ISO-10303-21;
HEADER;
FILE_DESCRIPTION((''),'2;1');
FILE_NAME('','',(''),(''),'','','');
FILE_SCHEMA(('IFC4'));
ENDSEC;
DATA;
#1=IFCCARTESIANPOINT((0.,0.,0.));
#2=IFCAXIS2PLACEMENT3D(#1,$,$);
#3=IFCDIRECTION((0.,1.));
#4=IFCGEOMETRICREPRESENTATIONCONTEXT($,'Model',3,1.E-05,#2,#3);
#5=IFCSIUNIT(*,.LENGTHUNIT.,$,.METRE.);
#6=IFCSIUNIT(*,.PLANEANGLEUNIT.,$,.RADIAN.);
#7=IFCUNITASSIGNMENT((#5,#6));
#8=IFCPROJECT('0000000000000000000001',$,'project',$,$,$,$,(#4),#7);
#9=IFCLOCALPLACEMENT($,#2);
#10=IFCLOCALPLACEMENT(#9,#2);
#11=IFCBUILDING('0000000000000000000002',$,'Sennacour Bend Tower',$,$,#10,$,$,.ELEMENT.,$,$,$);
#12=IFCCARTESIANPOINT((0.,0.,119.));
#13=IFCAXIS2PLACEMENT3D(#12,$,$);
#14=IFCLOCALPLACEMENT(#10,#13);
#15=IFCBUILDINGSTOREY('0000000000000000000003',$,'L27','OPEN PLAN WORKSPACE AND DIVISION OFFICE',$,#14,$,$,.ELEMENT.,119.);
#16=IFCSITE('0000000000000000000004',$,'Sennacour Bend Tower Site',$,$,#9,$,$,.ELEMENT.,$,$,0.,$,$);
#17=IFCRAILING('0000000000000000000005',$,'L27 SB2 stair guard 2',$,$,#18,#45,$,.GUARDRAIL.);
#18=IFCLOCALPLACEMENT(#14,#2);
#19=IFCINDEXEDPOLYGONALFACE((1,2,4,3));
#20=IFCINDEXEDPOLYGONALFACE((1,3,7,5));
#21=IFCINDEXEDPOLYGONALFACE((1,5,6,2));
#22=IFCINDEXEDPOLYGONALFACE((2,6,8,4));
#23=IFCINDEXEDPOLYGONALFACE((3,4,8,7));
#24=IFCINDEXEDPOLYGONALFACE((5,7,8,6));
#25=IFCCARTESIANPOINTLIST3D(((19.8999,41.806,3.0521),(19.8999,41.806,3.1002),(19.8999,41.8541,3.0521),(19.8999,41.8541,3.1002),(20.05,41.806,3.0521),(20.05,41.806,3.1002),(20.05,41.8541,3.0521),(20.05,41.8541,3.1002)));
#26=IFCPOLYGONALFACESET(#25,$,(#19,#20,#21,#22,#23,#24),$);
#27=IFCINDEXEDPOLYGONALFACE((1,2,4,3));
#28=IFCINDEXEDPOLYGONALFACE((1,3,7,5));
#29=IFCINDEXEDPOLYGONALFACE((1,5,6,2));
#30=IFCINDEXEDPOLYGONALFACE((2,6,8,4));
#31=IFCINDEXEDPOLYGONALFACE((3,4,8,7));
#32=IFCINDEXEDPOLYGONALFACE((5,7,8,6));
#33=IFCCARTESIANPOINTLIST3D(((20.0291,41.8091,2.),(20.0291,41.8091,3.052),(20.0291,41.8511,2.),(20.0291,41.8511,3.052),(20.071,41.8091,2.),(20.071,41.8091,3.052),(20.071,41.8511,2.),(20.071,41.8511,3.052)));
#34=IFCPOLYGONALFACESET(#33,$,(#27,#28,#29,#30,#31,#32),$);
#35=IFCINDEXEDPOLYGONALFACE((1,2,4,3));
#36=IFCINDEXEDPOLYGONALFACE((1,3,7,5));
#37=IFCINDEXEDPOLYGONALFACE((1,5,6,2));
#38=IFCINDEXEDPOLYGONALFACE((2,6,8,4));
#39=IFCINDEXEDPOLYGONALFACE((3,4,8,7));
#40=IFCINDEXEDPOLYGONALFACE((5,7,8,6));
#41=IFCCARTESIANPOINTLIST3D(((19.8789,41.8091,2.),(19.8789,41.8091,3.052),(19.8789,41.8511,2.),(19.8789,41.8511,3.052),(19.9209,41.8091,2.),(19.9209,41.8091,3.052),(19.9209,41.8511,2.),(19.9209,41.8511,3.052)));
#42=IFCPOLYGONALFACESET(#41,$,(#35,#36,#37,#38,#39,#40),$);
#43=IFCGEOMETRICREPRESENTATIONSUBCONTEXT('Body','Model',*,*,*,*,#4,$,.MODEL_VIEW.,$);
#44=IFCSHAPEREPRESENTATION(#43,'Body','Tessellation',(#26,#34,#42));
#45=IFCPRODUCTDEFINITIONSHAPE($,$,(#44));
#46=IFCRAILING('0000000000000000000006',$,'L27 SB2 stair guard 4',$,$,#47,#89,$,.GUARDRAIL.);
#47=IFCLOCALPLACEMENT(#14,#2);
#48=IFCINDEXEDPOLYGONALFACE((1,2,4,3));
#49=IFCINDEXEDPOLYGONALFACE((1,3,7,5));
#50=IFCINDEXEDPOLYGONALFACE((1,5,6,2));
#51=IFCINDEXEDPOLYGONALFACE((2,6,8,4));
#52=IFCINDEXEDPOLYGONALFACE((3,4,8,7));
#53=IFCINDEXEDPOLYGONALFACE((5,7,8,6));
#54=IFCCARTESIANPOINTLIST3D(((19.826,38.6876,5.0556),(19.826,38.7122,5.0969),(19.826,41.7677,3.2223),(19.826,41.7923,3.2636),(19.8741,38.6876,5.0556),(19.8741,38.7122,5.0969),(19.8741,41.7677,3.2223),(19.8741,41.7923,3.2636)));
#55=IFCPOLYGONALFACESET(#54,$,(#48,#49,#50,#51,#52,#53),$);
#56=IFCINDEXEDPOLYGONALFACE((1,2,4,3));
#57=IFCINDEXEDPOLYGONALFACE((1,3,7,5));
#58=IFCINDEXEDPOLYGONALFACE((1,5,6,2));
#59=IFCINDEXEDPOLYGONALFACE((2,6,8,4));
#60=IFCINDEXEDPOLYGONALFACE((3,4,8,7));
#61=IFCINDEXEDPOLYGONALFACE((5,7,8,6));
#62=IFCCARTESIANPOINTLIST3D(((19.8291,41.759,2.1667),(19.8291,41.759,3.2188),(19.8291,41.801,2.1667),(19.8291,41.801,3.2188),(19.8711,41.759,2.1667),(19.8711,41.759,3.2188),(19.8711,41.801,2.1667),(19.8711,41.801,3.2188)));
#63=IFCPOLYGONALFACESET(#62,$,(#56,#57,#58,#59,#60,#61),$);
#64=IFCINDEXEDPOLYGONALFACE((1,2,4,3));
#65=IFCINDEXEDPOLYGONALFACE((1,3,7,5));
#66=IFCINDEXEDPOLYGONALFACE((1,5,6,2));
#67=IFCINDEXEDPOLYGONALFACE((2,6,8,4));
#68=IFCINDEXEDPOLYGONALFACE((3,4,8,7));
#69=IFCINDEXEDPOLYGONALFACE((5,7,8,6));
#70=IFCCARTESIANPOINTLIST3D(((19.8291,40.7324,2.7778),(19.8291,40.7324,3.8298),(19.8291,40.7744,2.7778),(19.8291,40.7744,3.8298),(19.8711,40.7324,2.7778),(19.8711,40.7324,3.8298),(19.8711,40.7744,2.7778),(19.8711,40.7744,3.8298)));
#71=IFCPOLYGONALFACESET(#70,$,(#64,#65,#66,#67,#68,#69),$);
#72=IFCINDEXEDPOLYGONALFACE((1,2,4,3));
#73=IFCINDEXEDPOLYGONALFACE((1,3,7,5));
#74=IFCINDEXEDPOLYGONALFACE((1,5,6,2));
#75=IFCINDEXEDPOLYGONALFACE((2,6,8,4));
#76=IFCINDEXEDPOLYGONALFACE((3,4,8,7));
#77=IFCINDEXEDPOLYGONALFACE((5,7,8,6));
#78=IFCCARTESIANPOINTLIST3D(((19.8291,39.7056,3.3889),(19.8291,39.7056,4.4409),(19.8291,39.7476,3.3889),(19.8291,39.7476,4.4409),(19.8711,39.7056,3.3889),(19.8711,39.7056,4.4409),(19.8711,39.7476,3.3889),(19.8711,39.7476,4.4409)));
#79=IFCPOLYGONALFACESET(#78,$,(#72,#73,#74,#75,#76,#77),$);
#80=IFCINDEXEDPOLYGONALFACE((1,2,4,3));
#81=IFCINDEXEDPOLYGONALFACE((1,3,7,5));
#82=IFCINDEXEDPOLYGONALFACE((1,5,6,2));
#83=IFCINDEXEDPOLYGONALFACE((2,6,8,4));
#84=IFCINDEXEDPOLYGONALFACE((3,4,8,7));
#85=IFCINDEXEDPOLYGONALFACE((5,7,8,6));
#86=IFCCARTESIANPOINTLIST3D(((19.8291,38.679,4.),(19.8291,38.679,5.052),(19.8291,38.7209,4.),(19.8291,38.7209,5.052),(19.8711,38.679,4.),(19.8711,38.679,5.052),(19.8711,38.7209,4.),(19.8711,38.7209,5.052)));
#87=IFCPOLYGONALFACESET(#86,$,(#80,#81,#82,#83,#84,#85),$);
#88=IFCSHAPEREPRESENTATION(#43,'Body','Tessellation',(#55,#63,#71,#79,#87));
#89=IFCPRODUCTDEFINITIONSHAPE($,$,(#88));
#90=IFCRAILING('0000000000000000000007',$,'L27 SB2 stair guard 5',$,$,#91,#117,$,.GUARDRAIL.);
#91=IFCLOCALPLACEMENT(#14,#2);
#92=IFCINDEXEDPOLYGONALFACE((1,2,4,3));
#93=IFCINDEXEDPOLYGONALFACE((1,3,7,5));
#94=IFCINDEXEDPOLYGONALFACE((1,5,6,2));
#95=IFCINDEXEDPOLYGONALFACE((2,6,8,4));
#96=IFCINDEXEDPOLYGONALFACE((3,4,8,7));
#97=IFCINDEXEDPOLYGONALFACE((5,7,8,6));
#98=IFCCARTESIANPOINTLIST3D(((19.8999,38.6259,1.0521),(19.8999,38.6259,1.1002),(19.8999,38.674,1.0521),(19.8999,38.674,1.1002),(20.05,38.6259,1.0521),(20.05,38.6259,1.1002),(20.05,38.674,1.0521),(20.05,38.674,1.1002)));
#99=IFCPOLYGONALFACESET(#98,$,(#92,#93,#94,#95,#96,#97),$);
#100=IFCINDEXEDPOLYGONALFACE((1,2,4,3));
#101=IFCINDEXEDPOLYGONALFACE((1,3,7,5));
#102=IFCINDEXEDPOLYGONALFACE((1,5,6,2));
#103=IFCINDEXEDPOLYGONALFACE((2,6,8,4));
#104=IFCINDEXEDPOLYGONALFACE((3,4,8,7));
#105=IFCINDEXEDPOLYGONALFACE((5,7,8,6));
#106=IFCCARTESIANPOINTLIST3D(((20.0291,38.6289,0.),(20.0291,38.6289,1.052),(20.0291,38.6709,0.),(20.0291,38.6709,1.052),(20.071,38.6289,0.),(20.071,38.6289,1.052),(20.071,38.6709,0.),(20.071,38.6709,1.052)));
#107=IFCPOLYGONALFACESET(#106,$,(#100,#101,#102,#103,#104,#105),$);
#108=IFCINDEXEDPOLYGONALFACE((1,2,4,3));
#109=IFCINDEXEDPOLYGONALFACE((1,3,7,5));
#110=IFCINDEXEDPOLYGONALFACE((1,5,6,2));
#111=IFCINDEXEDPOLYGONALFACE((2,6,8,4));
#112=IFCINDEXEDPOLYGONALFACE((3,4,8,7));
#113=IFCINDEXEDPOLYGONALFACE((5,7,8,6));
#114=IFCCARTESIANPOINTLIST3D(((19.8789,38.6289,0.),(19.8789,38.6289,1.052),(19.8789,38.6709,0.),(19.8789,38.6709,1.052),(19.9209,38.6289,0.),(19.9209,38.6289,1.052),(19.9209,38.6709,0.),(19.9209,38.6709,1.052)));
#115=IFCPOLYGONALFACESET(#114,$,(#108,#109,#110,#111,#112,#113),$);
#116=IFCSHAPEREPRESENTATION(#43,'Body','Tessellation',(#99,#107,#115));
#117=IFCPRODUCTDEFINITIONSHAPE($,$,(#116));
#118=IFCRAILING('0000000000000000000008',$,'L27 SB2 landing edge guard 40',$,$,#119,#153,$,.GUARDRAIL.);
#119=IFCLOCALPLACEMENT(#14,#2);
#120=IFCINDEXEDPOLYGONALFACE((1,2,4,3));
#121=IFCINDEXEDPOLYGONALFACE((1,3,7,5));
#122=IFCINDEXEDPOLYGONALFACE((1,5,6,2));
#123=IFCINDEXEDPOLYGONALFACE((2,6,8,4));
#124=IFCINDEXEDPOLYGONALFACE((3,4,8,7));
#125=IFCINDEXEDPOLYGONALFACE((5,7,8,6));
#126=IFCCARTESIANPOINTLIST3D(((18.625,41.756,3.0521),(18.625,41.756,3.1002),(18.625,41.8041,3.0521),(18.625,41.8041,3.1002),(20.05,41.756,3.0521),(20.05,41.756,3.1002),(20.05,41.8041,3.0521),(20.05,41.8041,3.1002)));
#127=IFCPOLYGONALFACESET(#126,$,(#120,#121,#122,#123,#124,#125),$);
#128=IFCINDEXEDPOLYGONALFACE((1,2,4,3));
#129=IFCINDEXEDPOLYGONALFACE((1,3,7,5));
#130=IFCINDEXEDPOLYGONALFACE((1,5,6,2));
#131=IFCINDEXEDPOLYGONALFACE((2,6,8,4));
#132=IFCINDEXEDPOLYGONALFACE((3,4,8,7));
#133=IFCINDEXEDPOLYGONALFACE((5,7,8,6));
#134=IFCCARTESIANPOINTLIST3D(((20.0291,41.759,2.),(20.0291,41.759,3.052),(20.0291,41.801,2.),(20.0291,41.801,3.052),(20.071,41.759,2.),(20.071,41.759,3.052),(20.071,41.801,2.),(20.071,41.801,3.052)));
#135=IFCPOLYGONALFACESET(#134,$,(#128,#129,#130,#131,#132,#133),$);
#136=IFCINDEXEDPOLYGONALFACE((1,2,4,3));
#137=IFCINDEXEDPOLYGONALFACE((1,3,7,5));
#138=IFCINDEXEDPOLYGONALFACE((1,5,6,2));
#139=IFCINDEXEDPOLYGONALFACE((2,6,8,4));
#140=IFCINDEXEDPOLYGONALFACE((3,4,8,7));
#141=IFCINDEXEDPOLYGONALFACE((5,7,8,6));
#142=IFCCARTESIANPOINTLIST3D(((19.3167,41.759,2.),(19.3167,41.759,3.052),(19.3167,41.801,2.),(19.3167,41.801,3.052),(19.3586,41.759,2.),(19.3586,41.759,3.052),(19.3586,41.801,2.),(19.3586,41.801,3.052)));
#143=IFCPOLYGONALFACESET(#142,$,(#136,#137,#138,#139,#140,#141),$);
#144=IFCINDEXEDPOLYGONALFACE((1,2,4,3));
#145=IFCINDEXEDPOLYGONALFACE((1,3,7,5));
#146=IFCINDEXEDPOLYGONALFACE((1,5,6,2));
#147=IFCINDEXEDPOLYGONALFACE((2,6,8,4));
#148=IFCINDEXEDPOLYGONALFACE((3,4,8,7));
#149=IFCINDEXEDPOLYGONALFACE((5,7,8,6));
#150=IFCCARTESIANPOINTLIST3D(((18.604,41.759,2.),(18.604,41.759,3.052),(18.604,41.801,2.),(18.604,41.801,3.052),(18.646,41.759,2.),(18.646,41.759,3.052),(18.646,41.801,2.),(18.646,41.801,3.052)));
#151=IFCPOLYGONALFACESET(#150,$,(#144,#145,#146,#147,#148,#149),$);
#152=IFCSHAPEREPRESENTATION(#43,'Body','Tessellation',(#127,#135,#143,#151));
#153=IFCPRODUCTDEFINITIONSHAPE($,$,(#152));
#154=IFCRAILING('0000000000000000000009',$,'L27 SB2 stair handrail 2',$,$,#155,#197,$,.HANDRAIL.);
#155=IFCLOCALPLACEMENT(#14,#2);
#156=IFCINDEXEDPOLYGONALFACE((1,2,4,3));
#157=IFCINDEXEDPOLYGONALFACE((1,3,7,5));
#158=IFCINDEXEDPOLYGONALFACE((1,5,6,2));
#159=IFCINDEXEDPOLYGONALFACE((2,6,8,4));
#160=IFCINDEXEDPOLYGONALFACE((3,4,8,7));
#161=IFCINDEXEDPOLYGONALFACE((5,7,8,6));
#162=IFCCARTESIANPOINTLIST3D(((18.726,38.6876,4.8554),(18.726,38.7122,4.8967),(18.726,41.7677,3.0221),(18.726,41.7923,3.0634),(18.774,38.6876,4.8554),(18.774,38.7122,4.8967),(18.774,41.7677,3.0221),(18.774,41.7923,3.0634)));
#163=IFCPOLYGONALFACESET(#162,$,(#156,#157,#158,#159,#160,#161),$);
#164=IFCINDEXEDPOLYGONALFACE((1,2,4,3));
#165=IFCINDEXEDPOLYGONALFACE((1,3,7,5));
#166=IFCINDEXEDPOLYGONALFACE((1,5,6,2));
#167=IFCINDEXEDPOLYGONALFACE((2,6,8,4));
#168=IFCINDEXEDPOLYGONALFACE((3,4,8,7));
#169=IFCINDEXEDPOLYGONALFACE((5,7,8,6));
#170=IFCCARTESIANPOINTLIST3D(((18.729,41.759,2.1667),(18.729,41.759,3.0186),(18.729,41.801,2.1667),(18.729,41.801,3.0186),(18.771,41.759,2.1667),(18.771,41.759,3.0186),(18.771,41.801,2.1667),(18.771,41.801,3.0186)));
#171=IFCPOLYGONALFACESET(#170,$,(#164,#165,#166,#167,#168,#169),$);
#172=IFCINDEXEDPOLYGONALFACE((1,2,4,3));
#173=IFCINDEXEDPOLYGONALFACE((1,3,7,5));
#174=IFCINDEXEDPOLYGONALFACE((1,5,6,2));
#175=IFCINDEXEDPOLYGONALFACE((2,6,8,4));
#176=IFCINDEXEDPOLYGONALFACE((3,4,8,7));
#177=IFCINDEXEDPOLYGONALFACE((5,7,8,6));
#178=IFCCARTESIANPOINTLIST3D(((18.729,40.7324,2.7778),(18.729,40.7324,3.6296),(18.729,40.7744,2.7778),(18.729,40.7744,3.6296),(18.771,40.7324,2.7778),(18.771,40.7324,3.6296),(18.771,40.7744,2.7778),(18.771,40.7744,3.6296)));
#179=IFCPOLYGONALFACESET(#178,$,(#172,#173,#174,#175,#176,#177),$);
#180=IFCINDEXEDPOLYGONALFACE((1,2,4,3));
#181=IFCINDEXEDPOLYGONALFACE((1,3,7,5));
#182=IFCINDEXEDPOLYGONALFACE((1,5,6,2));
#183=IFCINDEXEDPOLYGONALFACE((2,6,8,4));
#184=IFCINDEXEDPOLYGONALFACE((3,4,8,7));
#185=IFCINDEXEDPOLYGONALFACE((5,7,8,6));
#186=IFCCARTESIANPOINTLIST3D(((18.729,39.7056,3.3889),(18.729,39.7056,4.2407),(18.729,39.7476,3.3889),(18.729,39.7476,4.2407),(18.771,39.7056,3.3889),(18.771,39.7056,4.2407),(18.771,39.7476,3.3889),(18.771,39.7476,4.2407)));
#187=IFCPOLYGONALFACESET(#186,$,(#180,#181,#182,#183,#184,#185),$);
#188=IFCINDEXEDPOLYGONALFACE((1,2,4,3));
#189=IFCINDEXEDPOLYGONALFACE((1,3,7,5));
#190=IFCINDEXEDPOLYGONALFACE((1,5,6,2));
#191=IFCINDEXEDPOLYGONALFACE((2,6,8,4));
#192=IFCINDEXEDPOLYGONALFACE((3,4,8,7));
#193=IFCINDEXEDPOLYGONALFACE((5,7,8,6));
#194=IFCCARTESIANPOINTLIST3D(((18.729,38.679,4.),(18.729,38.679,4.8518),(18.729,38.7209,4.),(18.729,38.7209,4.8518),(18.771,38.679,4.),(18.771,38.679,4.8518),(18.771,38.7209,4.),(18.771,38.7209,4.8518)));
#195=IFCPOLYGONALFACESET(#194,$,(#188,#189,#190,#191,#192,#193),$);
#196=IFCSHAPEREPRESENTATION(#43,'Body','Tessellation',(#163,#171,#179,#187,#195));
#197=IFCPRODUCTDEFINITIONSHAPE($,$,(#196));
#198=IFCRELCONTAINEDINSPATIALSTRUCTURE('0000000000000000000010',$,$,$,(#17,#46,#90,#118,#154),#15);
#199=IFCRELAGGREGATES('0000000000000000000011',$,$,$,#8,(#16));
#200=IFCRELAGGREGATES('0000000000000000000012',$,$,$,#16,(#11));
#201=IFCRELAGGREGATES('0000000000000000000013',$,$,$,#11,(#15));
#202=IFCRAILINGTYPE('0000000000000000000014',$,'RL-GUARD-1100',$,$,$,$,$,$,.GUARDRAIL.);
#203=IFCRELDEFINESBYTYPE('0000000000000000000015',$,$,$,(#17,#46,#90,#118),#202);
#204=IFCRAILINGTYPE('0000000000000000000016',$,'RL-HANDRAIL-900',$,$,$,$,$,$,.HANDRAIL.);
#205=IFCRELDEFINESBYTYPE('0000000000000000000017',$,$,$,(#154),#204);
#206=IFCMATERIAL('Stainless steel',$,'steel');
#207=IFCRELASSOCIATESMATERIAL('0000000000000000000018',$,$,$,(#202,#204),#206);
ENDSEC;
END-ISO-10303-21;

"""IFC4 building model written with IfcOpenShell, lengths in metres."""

from ifc_helpers import new_model, si_unit, direction, frame, origin, origin_2d, place, context, subcontext, project, spatial, rectangle, extrude, material, type_object, element, save


model = new_model("IFC4")

# Units and contexts
model_context = context("Model", 3, precision=1e-05, world=origin(), true_north=direction((0.0, 1.0)))
body_context = subcontext(model_context, "Body", "Model", "MODEL_VIEW")
ifc_project = project(units=[si_unit("LENGTHUNIT", "METRE"), si_unit("PLANEANGLEUNIT", "RADIAN")], contexts=[model_context])

# Site, building, storey
site_placement = place(None, origin())
site = spatial("IfcSite", under=ifc_project, at=site_placement, Name="Sennacour Bend Tower Site", CompositionType="ELEMENT", RefElevation=0.0)
building_placement = place(site_placement, origin())
building = spatial("IfcBuilding", under=site, at=building_placement, Name="Sennacour Bend Tower", CompositionType="ELEMENT")
storey_placement = place(building_placement, frame((0.0, 0.0, 119.0)))
storey = spatial("IfcBuildingStorey", under=building, at=storey_placement, Name="L27", Description="OPEN PLAN WORKSPACE AND DIVISION OFFICE", CompositionType="ELEMENT", Elevation=119.0)

# Shared definitions
ifc_material_1 = material(Name="Stainless steel", Category="steel")

# Railings
railing_type_1 = type_object("IfcRailingType", Name="RL-GUARD-1100", PredefinedType="GUARDRAIL", material=ifc_material_1)
railing_1_placement = place(storey_placement, frame((20.05, 41.8301, 2.0)))
element("IfcRailing", 1, at=railing_1_placement, inside=storey, type_object=railing_type_1, Name="L27 SB2 stair guard 2", PredefinedType="GUARDRAIL", context=body_context, shape_type="SweptSolid", body=[
    extrude(rectangle(XDim=0.0481, YDim=0.0481, at=origin_2d()), frame((0.0, 0.0, 1.0762), z_axis=(-1.0, 0.0, 0.0), x_axis=(0.0, -1.0, 0.0)), (0.0, 0.0, 1.0), 0.1501),
    extrude(rectangle(XDim=0.042, YDim=0.042, at=origin_2d()), origin(), (0.0, 0.0, 1.0), 1.052),
    extrude(rectangle(XDim=0.042, YDim=0.042, at=origin_2d()), frame((-0.1501, 0.0, 0.0)), (0.0, 0.0, 1.0), 1.052),
])
railing_2_placement = place(storey_placement, frame((19.8501, 41.78, 2.1667)))
element("IfcRailing", 2, at=railing_2_placement, inside=storey, type_object=railing_type_1, Name="L27 SB2 stair guard 4", PredefinedType="GUARDRAIL", context=body_context, shape_type="SweptSolid", body=[
    extrude(rectangle(XDim=0.0481, YDim=0.0481, at=origin_2d()), frame((0.0, 0.0, 1.0762), z_axis=(0.0, -0.859309, 0.511458), x_axis=(1.0, 0.0, 0.0)), (0.0, 0.0, 1.0), 3.5845),
    extrude(rectangle(XDim=0.042, YDim=0.042, at=origin_2d()), origin(), (0.0, 0.0, 1.0), 1.052),
    extrude(rectangle(XDim=0.042, YDim=0.042, at=origin_2d()), frame((0.0, -1.0266, 0.6111)), (0.0, 0.0, 1.0), 1.052),
    extrude(rectangle(XDim=0.042, YDim=0.042, at=origin_2d()), frame((0.0, -2.0535, 1.2222)), (0.0, 0.0, 1.0), 1.052),
    extrude(rectangle(XDim=0.042, YDim=0.042, at=origin_2d()), frame((0.0, -3.0801, 1.8333)), (0.0, 0.0, 1.0), 1.052),
])
railing_3_placement = place(storey_placement, frame((20.05, 38.6499, 0.0)))
element("IfcRailing", 3, at=railing_3_placement, inside=storey, type_object=railing_type_1, Name="L27 SB2 stair guard 5", PredefinedType="GUARDRAIL", context=body_context, shape_type="SweptSolid", body=[
    extrude(rectangle(XDim=0.0481, YDim=0.0481, at=origin_2d()), frame((0.0, 0.0, 1.0762), z_axis=(-1.0, 0.0, 0.0), x_axis=(0.0, -1.0, 0.0)), (0.0, 0.0, 1.0), 0.1501),
    extrude(rectangle(XDim=0.042, YDim=0.042, at=origin_2d()), origin(), (0.0, 0.0, 1.0), 1.052),
    extrude(rectangle(XDim=0.042, YDim=0.042, at=origin_2d()), frame((-0.1501, 0.0, 0.0)), (0.0, 0.0, 1.0), 1.052),
])
railing_4_placement = place(storey_placement, frame((20.05, 41.78, 2.0)))
element("IfcRailing", 4, at=railing_4_placement, inside=storey, type_object=railing_type_1, Name="L27 SB2 landing edge guard 40", PredefinedType="GUARDRAIL", context=body_context, shape_type="SweptSolid", body=[
    extrude(rectangle(XDim=0.0481, YDim=0.0481, at=origin_2d()), frame((0.0, 0.0, 1.0762), z_axis=(-1.0, 0.0, 0.0), x_axis=(0.0, -1.0, 0.0)), (0.0, 0.0, 1.0), 1.425),
    extrude(rectangle(XDim=0.042, YDim=0.042, at=origin_2d()), origin(), (0.0, 0.0, 1.0), 1.052),
    extrude(rectangle(XDim=0.042, YDim=0.042, at=origin_2d()), frame((-0.7124, 0.0, 0.0)), (0.0, 0.0, 1.0), 1.052),
    extrude(rectangle(XDim=0.042, YDim=0.042, at=origin_2d()), frame((-1.425, 0.0, 0.0)), (0.0, 0.0, 1.0), 1.052),
])
railing_type_2 = type_object("IfcRailingType", Name="RL-HANDRAIL-900", PredefinedType="HANDRAIL", material=ifc_material_1)
railing_5_placement = place(storey_placement, frame((18.75, 41.78, 2.1667)))
element("IfcRailing", 5, at=railing_5_placement, inside=storey, type_object=railing_type_2, Name="L27 SB2 stair handrail 2", PredefinedType="HANDRAIL", context=body_context, shape_type="SweptSolid", body=[
    extrude(rectangle(XDim=0.0481, YDim=0.0481, at=origin_2d()), frame((0.0, 0.0, 0.876), z_axis=(0.0, -0.859309, 0.511458), x_axis=(1.0, 0.0, 0.0)), (0.0, 0.0, 1.0), 3.5845),
    extrude(rectangle(XDim=0.042, YDim=0.042, at=origin_2d()), origin(), (0.0, 0.0, 1.0), 0.8518),
    extrude(rectangle(XDim=0.042, YDim=0.042, at=origin_2d()), frame((0.0, -1.0266, 0.6111)), (0.0, 0.0, 1.0), 0.8518),
    extrude(rectangle(XDim=0.042, YDim=0.042, at=origin_2d()), frame((0.0, -2.0535, 1.2222)), (0.0, 0.0, 1.0), 0.8518),
    extrude(rectangle(XDim=0.042, YDim=0.042, at=origin_2d()), frame((0.0, -3.0801, 1.8333)), (0.0, 0.0, 1.0), 0.8518),
])

save(model, "model.ifc")
